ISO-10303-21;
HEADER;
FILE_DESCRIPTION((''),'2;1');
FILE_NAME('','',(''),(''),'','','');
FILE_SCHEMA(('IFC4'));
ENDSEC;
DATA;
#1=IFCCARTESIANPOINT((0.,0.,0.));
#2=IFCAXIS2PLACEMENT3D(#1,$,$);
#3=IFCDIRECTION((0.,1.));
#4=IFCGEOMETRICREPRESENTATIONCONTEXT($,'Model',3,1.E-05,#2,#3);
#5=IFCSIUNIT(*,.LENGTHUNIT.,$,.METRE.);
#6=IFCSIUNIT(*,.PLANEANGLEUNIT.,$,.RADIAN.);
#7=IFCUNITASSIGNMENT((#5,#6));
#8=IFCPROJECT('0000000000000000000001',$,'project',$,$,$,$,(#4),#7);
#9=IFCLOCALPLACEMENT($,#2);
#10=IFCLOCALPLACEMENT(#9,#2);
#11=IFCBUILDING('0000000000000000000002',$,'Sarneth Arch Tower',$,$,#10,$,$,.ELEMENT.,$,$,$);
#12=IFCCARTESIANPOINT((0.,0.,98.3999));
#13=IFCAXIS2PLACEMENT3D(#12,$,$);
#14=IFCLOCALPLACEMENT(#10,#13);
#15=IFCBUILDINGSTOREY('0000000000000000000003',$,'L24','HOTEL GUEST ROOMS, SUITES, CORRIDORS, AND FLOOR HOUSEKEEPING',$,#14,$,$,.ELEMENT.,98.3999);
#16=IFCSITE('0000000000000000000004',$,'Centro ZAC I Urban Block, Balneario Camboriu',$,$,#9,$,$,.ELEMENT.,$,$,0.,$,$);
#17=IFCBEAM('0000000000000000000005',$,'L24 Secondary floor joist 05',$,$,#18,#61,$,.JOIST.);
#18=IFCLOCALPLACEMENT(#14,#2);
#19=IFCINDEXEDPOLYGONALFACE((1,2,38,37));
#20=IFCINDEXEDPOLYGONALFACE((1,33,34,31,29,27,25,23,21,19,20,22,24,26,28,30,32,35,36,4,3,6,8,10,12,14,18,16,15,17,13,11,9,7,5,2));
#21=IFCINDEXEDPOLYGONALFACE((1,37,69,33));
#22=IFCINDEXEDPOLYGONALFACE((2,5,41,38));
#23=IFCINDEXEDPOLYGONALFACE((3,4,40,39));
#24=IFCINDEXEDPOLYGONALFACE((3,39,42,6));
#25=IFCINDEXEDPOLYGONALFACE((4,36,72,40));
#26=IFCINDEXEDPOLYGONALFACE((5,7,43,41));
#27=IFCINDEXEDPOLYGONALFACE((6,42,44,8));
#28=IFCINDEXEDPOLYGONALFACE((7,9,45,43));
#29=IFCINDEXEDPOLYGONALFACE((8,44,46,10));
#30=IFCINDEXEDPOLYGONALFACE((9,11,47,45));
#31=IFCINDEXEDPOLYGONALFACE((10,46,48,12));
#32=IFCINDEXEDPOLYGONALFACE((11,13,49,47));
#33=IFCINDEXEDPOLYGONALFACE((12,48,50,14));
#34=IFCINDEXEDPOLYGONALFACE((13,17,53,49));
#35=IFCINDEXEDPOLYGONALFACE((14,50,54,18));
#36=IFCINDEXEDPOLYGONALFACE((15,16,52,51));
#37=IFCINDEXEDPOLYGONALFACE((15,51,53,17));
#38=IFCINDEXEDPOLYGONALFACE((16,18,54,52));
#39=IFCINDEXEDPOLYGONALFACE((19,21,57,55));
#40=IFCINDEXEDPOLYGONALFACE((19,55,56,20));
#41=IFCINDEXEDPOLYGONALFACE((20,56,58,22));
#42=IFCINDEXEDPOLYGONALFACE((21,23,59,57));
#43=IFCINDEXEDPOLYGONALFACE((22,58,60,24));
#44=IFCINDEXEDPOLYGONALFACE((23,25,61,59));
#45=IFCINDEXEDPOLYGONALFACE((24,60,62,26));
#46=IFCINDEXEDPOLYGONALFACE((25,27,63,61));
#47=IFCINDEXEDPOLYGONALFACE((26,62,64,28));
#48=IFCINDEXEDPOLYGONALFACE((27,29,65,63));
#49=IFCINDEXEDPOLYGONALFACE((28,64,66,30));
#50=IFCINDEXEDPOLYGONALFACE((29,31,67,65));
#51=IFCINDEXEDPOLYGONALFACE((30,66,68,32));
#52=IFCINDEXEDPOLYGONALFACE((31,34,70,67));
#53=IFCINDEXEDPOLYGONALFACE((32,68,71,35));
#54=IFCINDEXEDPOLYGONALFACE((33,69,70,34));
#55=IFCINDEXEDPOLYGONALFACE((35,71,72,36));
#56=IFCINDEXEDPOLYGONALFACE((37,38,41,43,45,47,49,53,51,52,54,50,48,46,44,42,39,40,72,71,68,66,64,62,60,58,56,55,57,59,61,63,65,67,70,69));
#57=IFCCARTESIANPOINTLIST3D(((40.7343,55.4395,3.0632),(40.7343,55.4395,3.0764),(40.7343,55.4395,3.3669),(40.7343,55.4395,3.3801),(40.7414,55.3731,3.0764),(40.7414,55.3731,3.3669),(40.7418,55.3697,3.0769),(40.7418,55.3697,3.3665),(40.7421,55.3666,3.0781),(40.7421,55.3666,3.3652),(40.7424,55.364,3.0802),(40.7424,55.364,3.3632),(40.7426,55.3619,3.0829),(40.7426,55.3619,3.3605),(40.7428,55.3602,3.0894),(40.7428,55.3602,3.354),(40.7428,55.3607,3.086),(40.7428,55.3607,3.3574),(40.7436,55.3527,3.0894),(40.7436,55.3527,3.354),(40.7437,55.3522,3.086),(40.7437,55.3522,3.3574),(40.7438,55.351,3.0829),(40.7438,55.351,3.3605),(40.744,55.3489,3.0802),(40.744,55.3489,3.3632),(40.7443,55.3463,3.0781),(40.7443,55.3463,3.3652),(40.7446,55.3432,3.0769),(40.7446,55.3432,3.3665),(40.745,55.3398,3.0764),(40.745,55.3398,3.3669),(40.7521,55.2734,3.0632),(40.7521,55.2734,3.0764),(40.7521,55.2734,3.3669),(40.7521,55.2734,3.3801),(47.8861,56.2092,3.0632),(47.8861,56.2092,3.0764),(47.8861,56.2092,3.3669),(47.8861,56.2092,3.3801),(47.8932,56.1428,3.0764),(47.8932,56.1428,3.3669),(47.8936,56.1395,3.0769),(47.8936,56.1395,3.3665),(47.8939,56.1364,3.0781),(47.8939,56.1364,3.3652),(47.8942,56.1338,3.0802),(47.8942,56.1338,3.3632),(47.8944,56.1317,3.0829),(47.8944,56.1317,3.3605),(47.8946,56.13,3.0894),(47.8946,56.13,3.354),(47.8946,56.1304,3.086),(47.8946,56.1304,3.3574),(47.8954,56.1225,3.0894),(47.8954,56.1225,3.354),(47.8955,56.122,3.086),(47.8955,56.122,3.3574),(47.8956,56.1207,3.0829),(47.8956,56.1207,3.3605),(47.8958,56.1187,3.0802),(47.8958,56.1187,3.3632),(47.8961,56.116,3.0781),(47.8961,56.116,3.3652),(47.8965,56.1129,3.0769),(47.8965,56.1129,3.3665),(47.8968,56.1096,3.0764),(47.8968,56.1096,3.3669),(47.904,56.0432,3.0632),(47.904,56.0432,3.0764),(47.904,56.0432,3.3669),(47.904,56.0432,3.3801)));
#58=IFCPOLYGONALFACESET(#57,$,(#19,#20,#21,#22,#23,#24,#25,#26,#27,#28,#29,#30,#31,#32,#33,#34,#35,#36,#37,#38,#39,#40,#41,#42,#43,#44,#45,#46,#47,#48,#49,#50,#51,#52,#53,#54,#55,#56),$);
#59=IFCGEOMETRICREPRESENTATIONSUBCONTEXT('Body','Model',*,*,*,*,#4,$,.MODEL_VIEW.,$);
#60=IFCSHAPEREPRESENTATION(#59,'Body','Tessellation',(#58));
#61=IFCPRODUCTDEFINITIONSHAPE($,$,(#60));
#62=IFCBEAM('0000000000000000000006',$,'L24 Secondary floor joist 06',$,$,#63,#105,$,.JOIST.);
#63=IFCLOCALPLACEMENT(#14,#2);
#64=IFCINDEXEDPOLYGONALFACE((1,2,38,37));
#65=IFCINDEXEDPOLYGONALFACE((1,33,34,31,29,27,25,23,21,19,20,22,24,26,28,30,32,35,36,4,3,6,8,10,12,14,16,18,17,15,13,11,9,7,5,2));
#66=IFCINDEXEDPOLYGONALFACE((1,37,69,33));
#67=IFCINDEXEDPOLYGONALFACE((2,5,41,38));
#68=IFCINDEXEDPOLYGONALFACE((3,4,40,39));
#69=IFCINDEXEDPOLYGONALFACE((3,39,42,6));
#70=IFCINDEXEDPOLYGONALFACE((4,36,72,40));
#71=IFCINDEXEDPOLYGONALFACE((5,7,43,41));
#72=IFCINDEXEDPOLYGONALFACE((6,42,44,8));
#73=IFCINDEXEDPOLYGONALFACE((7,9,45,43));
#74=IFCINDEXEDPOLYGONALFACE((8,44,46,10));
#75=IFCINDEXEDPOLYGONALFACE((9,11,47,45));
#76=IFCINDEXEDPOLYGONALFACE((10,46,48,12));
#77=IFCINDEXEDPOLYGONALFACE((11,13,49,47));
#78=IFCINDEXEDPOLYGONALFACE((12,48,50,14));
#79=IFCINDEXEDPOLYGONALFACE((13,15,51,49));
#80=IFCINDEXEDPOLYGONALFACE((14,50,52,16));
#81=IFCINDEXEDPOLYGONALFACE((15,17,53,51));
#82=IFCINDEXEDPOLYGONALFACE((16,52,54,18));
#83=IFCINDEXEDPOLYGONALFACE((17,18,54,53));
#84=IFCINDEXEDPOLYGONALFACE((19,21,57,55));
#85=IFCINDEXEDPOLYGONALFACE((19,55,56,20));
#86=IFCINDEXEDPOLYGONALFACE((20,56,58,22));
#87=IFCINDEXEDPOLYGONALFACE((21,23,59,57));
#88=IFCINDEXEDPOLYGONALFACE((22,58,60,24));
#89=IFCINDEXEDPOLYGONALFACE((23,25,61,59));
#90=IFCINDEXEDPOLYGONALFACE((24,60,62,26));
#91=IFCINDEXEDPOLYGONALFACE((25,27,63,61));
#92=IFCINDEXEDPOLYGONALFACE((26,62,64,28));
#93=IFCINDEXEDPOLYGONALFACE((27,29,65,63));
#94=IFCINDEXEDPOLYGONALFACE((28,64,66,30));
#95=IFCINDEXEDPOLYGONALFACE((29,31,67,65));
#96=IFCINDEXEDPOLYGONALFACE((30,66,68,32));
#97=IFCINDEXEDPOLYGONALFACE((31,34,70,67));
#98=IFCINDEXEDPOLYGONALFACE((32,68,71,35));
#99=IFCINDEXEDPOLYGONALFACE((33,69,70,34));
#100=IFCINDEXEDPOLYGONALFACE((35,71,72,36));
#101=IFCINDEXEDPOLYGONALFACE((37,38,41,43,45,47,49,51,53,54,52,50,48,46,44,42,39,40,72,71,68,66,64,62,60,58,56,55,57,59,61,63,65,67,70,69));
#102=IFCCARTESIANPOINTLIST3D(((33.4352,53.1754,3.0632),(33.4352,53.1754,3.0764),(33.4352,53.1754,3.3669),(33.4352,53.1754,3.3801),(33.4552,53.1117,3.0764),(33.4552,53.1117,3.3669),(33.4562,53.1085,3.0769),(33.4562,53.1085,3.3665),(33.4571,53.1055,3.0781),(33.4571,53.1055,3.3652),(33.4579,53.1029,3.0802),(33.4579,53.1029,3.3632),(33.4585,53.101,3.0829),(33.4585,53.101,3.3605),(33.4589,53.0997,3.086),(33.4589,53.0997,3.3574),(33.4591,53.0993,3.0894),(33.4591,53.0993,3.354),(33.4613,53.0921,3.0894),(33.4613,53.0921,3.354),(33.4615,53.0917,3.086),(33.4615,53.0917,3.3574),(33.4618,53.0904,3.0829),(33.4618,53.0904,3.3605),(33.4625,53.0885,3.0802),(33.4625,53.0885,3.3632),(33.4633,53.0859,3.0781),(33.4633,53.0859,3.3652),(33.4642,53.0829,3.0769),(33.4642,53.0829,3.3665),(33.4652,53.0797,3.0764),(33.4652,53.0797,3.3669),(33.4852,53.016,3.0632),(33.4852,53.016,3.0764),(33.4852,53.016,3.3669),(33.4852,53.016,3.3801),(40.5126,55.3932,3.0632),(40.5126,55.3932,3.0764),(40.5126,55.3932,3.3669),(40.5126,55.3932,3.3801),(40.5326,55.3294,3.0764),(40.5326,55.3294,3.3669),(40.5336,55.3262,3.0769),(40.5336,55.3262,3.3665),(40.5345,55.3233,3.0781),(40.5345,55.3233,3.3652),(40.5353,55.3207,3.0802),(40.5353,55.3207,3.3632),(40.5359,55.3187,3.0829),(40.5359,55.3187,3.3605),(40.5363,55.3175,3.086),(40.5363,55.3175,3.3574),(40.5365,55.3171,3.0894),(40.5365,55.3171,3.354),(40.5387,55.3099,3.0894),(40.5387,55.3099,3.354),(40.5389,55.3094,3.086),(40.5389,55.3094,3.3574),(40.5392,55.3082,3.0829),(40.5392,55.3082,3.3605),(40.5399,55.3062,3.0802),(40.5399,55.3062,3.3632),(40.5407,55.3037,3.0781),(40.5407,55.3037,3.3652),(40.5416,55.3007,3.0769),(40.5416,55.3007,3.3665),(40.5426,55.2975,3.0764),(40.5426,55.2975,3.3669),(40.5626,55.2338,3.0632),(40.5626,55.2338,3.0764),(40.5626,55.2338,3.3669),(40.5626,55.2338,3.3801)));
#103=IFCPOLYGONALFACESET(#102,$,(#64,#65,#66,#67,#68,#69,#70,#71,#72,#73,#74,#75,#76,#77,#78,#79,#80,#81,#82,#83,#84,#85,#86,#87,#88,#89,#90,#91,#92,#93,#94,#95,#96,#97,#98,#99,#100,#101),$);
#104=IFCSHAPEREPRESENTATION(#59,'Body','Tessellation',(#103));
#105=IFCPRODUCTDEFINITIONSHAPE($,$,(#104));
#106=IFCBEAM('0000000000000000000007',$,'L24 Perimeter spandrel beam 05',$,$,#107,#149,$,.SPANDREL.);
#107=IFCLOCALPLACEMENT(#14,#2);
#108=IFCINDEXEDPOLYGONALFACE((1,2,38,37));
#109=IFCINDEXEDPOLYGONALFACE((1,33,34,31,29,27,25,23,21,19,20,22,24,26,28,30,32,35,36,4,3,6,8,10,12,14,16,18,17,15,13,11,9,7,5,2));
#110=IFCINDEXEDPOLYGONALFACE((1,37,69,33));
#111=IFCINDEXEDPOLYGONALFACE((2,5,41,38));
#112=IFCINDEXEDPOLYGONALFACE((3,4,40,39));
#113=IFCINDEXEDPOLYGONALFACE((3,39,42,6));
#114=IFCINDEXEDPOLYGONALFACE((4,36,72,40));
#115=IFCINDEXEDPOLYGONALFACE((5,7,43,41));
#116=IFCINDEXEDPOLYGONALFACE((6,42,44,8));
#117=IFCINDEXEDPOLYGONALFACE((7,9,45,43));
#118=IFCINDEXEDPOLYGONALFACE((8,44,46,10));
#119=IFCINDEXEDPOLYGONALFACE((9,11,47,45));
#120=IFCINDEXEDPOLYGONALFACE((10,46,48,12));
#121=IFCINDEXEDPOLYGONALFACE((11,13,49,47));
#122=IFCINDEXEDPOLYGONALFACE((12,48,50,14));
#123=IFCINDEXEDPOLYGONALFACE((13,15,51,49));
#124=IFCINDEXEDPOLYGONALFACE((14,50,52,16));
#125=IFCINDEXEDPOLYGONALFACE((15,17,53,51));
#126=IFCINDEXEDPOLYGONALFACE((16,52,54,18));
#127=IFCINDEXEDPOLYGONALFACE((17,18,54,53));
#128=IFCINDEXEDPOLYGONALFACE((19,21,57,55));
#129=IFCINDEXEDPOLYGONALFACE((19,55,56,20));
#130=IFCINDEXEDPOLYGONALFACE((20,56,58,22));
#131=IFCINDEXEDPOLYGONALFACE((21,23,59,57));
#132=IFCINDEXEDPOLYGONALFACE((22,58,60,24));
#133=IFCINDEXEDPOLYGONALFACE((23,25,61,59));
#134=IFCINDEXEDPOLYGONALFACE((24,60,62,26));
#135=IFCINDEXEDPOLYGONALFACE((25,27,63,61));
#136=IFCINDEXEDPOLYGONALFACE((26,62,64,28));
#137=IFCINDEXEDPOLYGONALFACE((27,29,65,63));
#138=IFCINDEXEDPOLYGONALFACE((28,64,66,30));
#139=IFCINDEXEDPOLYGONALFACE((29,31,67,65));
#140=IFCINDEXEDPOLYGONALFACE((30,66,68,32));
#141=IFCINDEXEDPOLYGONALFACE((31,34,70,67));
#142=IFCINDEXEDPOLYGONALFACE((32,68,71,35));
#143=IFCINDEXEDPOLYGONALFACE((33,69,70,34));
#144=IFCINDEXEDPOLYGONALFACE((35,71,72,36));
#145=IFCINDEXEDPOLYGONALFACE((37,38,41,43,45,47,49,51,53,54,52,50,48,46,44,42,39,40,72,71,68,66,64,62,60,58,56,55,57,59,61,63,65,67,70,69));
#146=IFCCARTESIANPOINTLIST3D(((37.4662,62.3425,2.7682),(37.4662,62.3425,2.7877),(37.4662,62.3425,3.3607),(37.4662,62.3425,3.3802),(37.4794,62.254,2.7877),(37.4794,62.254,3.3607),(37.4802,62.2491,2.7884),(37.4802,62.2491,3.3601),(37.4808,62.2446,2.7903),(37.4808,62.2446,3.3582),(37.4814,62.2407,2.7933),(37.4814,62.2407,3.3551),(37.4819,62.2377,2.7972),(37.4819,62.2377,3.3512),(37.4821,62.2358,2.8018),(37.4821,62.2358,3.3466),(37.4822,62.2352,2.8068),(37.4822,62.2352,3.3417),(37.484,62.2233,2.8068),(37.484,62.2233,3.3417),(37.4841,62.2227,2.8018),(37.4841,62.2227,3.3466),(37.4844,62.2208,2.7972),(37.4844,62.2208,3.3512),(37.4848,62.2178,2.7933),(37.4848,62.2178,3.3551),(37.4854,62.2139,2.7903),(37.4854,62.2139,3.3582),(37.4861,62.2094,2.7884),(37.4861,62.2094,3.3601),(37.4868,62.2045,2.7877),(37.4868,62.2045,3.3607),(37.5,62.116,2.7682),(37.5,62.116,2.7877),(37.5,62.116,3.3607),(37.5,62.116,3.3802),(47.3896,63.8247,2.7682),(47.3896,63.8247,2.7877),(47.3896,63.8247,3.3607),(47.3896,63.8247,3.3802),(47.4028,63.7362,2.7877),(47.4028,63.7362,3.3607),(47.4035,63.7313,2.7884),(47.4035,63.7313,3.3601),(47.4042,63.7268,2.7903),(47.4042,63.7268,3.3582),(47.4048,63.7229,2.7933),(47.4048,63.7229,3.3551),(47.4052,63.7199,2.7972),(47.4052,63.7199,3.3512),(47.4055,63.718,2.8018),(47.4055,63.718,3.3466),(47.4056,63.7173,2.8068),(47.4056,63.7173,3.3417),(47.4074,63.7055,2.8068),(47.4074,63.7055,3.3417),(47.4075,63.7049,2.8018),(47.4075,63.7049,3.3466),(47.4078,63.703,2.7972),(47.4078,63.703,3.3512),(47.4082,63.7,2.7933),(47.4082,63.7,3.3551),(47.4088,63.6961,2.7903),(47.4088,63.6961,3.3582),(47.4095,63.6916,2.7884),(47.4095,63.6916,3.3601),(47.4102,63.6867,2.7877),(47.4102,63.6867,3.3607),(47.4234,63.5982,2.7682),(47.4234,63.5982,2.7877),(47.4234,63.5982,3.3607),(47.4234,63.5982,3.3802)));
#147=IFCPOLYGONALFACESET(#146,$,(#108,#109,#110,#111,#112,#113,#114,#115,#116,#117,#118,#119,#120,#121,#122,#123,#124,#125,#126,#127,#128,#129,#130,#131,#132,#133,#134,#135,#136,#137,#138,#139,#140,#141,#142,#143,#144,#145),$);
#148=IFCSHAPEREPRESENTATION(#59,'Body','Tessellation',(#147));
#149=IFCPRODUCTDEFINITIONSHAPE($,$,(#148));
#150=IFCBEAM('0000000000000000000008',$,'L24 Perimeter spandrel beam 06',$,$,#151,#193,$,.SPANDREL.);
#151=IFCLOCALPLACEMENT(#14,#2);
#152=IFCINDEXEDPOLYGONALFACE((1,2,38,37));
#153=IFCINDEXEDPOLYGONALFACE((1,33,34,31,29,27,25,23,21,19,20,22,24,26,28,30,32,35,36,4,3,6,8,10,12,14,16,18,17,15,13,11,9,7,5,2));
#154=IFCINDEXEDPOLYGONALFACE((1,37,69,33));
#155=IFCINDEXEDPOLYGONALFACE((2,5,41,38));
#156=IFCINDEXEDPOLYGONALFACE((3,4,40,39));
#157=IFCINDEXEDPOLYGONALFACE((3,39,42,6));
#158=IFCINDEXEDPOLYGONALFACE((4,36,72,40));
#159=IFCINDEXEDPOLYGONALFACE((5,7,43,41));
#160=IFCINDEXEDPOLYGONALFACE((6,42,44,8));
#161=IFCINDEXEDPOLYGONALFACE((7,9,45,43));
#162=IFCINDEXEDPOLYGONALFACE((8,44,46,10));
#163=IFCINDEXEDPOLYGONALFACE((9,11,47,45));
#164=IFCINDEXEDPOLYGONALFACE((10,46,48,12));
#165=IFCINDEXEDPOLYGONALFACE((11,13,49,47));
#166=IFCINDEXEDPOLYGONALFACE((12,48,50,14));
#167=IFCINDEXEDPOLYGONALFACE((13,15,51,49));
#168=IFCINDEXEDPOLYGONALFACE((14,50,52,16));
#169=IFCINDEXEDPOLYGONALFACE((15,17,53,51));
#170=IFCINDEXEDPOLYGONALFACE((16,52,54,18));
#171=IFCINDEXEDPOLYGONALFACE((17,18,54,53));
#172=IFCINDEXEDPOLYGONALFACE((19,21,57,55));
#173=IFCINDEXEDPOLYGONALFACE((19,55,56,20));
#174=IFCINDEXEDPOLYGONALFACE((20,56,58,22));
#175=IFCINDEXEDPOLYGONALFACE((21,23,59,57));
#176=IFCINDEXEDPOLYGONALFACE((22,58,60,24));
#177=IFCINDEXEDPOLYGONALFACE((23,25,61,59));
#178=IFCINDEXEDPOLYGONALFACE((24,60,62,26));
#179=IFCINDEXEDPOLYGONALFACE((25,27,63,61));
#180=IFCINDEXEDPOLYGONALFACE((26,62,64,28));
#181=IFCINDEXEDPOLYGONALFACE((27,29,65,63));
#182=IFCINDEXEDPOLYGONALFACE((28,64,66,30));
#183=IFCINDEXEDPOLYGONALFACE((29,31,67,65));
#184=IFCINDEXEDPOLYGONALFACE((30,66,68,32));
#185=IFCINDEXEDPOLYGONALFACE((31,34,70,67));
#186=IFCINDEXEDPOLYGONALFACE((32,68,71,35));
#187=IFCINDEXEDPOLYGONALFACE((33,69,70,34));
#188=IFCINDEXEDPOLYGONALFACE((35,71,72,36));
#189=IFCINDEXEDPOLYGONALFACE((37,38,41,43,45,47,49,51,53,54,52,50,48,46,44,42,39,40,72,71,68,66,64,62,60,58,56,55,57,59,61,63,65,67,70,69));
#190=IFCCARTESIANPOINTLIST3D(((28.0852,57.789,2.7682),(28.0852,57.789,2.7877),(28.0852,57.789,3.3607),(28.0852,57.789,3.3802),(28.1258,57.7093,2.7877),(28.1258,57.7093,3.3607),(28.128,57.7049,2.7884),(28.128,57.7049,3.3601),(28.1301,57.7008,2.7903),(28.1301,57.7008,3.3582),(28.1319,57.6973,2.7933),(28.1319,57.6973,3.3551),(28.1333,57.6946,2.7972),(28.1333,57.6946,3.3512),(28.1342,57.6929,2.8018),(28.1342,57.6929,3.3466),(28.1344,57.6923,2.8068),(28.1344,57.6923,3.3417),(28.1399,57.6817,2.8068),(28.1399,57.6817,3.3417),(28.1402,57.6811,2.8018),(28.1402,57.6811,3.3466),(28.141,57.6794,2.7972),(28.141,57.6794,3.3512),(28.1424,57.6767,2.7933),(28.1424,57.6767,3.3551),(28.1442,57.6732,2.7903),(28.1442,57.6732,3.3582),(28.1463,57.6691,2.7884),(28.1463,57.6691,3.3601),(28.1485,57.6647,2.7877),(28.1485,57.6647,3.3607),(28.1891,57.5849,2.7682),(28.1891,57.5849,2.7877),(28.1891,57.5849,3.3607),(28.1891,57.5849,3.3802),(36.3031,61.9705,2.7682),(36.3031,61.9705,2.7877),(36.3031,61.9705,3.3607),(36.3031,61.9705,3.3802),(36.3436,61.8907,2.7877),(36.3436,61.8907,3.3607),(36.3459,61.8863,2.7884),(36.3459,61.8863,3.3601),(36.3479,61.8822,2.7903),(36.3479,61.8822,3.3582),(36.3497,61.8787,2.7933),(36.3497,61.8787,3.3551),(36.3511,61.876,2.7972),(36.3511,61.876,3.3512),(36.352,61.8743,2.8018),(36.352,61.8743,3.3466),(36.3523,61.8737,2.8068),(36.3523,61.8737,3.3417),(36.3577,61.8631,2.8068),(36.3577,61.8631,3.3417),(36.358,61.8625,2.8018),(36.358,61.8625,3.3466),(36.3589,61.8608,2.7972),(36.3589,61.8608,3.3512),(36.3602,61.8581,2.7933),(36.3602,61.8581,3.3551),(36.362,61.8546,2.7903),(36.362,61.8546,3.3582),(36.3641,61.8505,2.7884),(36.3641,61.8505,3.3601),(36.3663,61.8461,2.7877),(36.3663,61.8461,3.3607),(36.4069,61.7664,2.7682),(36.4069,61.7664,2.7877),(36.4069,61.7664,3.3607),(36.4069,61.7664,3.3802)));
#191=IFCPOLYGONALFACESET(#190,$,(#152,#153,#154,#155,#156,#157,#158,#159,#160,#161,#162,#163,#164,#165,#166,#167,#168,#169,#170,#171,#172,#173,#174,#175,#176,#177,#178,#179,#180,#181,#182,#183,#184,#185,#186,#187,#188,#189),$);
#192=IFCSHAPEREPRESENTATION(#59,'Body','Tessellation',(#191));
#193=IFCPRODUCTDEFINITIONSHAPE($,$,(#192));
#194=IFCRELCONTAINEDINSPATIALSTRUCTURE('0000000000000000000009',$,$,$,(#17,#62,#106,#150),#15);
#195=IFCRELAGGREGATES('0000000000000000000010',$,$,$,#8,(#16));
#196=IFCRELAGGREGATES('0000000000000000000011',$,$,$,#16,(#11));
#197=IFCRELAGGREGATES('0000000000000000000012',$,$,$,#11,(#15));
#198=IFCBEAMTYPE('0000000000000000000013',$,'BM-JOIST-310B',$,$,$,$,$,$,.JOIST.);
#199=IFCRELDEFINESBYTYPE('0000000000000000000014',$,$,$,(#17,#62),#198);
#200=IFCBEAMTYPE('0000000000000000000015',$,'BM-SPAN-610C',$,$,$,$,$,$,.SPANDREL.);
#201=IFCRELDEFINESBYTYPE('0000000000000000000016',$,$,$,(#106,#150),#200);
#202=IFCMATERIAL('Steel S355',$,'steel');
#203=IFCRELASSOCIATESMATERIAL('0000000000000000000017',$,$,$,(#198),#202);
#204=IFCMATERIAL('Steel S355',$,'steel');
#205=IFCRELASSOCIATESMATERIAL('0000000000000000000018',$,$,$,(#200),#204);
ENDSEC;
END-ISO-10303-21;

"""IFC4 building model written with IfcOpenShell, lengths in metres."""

from ifc_helpers import new_model, si_unit, direction, frame, origin, origin_2d, place, context, subcontext, project, spatial, i_section, extrude, material, material_profile, profile_set, type_object, element, save


model = new_model("IFC4")

# Units and contexts
model_context = context("Model", 3, precision=1e-05, world=origin(), true_north=direction((0.0, 1.0)))
body_context = subcontext(model_context, "Body", "Model", "MODEL_VIEW")
ifc_project = project(units=[si_unit("LENGTHUNIT", "METRE"), si_unit("PLANEANGLEUNIT", "RADIAN")], contexts=[model_context])

# Site, building, storey
site_placement = place(None, origin())
site = spatial("IfcSite", under=ifc_project, at=site_placement, Name="Centro ZAC I Urban Block, Balneario Camboriu", CompositionType="ELEMENT", RefElevation=0.0)
building_placement = place(site_placement, origin())
building = spatial("IfcBuilding", under=site, at=building_placement, Name="Sarneth Arch Tower", CompositionType="ELEMENT")
storey_placement = place(building_placement, frame((0.0, 0.0, 98.3999)))
storey = spatial("IfcBuildingStorey", under=building, at=storey_placement, Name="L24", Description="HOTEL GUEST ROOMS, SUITES, CORRIDORS, AND FLOOR HOUSEKEEPING", CompositionType="ELEMENT", Elevation=98.3999)

# Beams
ifc_material_1 = material(Name="Steel S355", Category="steel")
ifc_material_profile_1 = material_profile(ifc_material_1, i_section(OverallWidth=0.167, OverallDepth=0.3169, WebThickness=0.0076, FlangeThickness=0.0132, FilletRadius=0.0129, at=origin_2d()), Name="W310x52")
ifc_profile_set_1 = profile_set([ifc_material_profile_1], Name="Steel S355")
beam_type_1 = type_object("IfcBeamType", Name="BM-JOIST-310B", PredefinedType="JOIST", material=ifc_profile_set_1)
beam_1_placement = place(storey_placement, frame((47.895, 56.1262, 3.2217), z_axis=(-0.994257, -0.107015, 0.0), x_axis=(0.107015, -0.994257, 0.0)))
element("IfcBeam", 1, at=beam_1_placement, inside=storey, type_object=beam_type_1, Name="L24 Secondary floor joist 05", PredefinedType="JOIST", context=body_context, shape_type="SweptSolid", body=[
    extrude(i_section(OverallWidth=0.167, OverallDepth=0.3169, WebThickness=0.0076, FlangeThickness=0.0132, FilletRadius=0.0129, at=origin_2d()), origin(), (0.0, 0.0, 1.0), 7.1931),
])
beam_2_placement = place(storey_placement, frame((40.5376, 55.3135, 3.2217), z_axis=(-0.954246, -0.299023, 0.0), x_axis=(0.299023, -0.954246, 0.0)))
element("IfcBeam", 2, at=beam_2_placement, inside=storey, type_object=beam_type_1, Name="L24 Secondary floor joist 06", PredefinedType="JOIST", context=body_context, shape_type="SweptSolid", body=[
    extrude(i_section(OverallWidth=0.167, OverallDepth=0.3169, WebThickness=0.0076, FlangeThickness=0.0132, FilletRadius=0.0129, at=origin_2d()), origin(), (0.0, 0.0, 1.0), 7.4167),
])
ifc_material_2 = material(Name="Steel S355", Category="steel")
ifc_material_profile_2 = material_profile(ifc_material_2, i_section(OverallWidth=0.229, OverallDepth=0.6121, WebThickness=0.012, FlangeThickness=0.0195, FilletRadius=0.019, at=origin_2d()), Name="W610x125")
ifc_profile_set_2 = profile_set([ifc_material_profile_2], Name="Steel S355")
beam_type_2 = type_object("IfcBeamType", Name="BM-SPAN-610C", PredefinedType="SPANDREL", material=ifc_profile_set_2)
beam_3_placement = place(storey_placement, frame((47.4065, 63.7114, 3.0742), z_axis=(-0.989029, -0.147724, 0.0), x_axis=(0.147724, -0.989029, 0.0)))
element("IfcBeam", 3, at=beam_3_placement, inside=storey, type_object=beam_type_2, Name="L24 Perimeter spandrel beam 05", PredefinedType="SPANDREL", context=body_context, shape_type="SweptSolid", body=[
    extrude(i_section(OverallWidth=0.229, OverallDepth=0.6121, WebThickness=0.012, FlangeThickness=0.0195, FilletRadius=0.019, at=origin_2d()), origin(), (0.0, 0.0, 1.0), 10.0334),
])
beam_4_placement = place(storey_placement, frame((36.355, 61.8684, 3.0742), z_axis=(-0.891259, -0.453494, 0.0), x_axis=(0.453494, -0.891259, 0.0)))
element("IfcBeam", 4, at=beam_4_placement, inside=storey, type_object=beam_type_2, Name="L24 Perimeter spandrel beam 06", PredefinedType="SPANDREL", context=body_context, shape_type="SweptSolid", body=[
    extrude(i_section(OverallWidth=0.229, OverallDepth=0.6121, WebThickness=0.012, FlangeThickness=0.0195, FilletRadius=0.019, at=origin_2d()), origin(), (0.0, 0.0, 1.0), 9.2205),
])

save(model, "model.ifc")
